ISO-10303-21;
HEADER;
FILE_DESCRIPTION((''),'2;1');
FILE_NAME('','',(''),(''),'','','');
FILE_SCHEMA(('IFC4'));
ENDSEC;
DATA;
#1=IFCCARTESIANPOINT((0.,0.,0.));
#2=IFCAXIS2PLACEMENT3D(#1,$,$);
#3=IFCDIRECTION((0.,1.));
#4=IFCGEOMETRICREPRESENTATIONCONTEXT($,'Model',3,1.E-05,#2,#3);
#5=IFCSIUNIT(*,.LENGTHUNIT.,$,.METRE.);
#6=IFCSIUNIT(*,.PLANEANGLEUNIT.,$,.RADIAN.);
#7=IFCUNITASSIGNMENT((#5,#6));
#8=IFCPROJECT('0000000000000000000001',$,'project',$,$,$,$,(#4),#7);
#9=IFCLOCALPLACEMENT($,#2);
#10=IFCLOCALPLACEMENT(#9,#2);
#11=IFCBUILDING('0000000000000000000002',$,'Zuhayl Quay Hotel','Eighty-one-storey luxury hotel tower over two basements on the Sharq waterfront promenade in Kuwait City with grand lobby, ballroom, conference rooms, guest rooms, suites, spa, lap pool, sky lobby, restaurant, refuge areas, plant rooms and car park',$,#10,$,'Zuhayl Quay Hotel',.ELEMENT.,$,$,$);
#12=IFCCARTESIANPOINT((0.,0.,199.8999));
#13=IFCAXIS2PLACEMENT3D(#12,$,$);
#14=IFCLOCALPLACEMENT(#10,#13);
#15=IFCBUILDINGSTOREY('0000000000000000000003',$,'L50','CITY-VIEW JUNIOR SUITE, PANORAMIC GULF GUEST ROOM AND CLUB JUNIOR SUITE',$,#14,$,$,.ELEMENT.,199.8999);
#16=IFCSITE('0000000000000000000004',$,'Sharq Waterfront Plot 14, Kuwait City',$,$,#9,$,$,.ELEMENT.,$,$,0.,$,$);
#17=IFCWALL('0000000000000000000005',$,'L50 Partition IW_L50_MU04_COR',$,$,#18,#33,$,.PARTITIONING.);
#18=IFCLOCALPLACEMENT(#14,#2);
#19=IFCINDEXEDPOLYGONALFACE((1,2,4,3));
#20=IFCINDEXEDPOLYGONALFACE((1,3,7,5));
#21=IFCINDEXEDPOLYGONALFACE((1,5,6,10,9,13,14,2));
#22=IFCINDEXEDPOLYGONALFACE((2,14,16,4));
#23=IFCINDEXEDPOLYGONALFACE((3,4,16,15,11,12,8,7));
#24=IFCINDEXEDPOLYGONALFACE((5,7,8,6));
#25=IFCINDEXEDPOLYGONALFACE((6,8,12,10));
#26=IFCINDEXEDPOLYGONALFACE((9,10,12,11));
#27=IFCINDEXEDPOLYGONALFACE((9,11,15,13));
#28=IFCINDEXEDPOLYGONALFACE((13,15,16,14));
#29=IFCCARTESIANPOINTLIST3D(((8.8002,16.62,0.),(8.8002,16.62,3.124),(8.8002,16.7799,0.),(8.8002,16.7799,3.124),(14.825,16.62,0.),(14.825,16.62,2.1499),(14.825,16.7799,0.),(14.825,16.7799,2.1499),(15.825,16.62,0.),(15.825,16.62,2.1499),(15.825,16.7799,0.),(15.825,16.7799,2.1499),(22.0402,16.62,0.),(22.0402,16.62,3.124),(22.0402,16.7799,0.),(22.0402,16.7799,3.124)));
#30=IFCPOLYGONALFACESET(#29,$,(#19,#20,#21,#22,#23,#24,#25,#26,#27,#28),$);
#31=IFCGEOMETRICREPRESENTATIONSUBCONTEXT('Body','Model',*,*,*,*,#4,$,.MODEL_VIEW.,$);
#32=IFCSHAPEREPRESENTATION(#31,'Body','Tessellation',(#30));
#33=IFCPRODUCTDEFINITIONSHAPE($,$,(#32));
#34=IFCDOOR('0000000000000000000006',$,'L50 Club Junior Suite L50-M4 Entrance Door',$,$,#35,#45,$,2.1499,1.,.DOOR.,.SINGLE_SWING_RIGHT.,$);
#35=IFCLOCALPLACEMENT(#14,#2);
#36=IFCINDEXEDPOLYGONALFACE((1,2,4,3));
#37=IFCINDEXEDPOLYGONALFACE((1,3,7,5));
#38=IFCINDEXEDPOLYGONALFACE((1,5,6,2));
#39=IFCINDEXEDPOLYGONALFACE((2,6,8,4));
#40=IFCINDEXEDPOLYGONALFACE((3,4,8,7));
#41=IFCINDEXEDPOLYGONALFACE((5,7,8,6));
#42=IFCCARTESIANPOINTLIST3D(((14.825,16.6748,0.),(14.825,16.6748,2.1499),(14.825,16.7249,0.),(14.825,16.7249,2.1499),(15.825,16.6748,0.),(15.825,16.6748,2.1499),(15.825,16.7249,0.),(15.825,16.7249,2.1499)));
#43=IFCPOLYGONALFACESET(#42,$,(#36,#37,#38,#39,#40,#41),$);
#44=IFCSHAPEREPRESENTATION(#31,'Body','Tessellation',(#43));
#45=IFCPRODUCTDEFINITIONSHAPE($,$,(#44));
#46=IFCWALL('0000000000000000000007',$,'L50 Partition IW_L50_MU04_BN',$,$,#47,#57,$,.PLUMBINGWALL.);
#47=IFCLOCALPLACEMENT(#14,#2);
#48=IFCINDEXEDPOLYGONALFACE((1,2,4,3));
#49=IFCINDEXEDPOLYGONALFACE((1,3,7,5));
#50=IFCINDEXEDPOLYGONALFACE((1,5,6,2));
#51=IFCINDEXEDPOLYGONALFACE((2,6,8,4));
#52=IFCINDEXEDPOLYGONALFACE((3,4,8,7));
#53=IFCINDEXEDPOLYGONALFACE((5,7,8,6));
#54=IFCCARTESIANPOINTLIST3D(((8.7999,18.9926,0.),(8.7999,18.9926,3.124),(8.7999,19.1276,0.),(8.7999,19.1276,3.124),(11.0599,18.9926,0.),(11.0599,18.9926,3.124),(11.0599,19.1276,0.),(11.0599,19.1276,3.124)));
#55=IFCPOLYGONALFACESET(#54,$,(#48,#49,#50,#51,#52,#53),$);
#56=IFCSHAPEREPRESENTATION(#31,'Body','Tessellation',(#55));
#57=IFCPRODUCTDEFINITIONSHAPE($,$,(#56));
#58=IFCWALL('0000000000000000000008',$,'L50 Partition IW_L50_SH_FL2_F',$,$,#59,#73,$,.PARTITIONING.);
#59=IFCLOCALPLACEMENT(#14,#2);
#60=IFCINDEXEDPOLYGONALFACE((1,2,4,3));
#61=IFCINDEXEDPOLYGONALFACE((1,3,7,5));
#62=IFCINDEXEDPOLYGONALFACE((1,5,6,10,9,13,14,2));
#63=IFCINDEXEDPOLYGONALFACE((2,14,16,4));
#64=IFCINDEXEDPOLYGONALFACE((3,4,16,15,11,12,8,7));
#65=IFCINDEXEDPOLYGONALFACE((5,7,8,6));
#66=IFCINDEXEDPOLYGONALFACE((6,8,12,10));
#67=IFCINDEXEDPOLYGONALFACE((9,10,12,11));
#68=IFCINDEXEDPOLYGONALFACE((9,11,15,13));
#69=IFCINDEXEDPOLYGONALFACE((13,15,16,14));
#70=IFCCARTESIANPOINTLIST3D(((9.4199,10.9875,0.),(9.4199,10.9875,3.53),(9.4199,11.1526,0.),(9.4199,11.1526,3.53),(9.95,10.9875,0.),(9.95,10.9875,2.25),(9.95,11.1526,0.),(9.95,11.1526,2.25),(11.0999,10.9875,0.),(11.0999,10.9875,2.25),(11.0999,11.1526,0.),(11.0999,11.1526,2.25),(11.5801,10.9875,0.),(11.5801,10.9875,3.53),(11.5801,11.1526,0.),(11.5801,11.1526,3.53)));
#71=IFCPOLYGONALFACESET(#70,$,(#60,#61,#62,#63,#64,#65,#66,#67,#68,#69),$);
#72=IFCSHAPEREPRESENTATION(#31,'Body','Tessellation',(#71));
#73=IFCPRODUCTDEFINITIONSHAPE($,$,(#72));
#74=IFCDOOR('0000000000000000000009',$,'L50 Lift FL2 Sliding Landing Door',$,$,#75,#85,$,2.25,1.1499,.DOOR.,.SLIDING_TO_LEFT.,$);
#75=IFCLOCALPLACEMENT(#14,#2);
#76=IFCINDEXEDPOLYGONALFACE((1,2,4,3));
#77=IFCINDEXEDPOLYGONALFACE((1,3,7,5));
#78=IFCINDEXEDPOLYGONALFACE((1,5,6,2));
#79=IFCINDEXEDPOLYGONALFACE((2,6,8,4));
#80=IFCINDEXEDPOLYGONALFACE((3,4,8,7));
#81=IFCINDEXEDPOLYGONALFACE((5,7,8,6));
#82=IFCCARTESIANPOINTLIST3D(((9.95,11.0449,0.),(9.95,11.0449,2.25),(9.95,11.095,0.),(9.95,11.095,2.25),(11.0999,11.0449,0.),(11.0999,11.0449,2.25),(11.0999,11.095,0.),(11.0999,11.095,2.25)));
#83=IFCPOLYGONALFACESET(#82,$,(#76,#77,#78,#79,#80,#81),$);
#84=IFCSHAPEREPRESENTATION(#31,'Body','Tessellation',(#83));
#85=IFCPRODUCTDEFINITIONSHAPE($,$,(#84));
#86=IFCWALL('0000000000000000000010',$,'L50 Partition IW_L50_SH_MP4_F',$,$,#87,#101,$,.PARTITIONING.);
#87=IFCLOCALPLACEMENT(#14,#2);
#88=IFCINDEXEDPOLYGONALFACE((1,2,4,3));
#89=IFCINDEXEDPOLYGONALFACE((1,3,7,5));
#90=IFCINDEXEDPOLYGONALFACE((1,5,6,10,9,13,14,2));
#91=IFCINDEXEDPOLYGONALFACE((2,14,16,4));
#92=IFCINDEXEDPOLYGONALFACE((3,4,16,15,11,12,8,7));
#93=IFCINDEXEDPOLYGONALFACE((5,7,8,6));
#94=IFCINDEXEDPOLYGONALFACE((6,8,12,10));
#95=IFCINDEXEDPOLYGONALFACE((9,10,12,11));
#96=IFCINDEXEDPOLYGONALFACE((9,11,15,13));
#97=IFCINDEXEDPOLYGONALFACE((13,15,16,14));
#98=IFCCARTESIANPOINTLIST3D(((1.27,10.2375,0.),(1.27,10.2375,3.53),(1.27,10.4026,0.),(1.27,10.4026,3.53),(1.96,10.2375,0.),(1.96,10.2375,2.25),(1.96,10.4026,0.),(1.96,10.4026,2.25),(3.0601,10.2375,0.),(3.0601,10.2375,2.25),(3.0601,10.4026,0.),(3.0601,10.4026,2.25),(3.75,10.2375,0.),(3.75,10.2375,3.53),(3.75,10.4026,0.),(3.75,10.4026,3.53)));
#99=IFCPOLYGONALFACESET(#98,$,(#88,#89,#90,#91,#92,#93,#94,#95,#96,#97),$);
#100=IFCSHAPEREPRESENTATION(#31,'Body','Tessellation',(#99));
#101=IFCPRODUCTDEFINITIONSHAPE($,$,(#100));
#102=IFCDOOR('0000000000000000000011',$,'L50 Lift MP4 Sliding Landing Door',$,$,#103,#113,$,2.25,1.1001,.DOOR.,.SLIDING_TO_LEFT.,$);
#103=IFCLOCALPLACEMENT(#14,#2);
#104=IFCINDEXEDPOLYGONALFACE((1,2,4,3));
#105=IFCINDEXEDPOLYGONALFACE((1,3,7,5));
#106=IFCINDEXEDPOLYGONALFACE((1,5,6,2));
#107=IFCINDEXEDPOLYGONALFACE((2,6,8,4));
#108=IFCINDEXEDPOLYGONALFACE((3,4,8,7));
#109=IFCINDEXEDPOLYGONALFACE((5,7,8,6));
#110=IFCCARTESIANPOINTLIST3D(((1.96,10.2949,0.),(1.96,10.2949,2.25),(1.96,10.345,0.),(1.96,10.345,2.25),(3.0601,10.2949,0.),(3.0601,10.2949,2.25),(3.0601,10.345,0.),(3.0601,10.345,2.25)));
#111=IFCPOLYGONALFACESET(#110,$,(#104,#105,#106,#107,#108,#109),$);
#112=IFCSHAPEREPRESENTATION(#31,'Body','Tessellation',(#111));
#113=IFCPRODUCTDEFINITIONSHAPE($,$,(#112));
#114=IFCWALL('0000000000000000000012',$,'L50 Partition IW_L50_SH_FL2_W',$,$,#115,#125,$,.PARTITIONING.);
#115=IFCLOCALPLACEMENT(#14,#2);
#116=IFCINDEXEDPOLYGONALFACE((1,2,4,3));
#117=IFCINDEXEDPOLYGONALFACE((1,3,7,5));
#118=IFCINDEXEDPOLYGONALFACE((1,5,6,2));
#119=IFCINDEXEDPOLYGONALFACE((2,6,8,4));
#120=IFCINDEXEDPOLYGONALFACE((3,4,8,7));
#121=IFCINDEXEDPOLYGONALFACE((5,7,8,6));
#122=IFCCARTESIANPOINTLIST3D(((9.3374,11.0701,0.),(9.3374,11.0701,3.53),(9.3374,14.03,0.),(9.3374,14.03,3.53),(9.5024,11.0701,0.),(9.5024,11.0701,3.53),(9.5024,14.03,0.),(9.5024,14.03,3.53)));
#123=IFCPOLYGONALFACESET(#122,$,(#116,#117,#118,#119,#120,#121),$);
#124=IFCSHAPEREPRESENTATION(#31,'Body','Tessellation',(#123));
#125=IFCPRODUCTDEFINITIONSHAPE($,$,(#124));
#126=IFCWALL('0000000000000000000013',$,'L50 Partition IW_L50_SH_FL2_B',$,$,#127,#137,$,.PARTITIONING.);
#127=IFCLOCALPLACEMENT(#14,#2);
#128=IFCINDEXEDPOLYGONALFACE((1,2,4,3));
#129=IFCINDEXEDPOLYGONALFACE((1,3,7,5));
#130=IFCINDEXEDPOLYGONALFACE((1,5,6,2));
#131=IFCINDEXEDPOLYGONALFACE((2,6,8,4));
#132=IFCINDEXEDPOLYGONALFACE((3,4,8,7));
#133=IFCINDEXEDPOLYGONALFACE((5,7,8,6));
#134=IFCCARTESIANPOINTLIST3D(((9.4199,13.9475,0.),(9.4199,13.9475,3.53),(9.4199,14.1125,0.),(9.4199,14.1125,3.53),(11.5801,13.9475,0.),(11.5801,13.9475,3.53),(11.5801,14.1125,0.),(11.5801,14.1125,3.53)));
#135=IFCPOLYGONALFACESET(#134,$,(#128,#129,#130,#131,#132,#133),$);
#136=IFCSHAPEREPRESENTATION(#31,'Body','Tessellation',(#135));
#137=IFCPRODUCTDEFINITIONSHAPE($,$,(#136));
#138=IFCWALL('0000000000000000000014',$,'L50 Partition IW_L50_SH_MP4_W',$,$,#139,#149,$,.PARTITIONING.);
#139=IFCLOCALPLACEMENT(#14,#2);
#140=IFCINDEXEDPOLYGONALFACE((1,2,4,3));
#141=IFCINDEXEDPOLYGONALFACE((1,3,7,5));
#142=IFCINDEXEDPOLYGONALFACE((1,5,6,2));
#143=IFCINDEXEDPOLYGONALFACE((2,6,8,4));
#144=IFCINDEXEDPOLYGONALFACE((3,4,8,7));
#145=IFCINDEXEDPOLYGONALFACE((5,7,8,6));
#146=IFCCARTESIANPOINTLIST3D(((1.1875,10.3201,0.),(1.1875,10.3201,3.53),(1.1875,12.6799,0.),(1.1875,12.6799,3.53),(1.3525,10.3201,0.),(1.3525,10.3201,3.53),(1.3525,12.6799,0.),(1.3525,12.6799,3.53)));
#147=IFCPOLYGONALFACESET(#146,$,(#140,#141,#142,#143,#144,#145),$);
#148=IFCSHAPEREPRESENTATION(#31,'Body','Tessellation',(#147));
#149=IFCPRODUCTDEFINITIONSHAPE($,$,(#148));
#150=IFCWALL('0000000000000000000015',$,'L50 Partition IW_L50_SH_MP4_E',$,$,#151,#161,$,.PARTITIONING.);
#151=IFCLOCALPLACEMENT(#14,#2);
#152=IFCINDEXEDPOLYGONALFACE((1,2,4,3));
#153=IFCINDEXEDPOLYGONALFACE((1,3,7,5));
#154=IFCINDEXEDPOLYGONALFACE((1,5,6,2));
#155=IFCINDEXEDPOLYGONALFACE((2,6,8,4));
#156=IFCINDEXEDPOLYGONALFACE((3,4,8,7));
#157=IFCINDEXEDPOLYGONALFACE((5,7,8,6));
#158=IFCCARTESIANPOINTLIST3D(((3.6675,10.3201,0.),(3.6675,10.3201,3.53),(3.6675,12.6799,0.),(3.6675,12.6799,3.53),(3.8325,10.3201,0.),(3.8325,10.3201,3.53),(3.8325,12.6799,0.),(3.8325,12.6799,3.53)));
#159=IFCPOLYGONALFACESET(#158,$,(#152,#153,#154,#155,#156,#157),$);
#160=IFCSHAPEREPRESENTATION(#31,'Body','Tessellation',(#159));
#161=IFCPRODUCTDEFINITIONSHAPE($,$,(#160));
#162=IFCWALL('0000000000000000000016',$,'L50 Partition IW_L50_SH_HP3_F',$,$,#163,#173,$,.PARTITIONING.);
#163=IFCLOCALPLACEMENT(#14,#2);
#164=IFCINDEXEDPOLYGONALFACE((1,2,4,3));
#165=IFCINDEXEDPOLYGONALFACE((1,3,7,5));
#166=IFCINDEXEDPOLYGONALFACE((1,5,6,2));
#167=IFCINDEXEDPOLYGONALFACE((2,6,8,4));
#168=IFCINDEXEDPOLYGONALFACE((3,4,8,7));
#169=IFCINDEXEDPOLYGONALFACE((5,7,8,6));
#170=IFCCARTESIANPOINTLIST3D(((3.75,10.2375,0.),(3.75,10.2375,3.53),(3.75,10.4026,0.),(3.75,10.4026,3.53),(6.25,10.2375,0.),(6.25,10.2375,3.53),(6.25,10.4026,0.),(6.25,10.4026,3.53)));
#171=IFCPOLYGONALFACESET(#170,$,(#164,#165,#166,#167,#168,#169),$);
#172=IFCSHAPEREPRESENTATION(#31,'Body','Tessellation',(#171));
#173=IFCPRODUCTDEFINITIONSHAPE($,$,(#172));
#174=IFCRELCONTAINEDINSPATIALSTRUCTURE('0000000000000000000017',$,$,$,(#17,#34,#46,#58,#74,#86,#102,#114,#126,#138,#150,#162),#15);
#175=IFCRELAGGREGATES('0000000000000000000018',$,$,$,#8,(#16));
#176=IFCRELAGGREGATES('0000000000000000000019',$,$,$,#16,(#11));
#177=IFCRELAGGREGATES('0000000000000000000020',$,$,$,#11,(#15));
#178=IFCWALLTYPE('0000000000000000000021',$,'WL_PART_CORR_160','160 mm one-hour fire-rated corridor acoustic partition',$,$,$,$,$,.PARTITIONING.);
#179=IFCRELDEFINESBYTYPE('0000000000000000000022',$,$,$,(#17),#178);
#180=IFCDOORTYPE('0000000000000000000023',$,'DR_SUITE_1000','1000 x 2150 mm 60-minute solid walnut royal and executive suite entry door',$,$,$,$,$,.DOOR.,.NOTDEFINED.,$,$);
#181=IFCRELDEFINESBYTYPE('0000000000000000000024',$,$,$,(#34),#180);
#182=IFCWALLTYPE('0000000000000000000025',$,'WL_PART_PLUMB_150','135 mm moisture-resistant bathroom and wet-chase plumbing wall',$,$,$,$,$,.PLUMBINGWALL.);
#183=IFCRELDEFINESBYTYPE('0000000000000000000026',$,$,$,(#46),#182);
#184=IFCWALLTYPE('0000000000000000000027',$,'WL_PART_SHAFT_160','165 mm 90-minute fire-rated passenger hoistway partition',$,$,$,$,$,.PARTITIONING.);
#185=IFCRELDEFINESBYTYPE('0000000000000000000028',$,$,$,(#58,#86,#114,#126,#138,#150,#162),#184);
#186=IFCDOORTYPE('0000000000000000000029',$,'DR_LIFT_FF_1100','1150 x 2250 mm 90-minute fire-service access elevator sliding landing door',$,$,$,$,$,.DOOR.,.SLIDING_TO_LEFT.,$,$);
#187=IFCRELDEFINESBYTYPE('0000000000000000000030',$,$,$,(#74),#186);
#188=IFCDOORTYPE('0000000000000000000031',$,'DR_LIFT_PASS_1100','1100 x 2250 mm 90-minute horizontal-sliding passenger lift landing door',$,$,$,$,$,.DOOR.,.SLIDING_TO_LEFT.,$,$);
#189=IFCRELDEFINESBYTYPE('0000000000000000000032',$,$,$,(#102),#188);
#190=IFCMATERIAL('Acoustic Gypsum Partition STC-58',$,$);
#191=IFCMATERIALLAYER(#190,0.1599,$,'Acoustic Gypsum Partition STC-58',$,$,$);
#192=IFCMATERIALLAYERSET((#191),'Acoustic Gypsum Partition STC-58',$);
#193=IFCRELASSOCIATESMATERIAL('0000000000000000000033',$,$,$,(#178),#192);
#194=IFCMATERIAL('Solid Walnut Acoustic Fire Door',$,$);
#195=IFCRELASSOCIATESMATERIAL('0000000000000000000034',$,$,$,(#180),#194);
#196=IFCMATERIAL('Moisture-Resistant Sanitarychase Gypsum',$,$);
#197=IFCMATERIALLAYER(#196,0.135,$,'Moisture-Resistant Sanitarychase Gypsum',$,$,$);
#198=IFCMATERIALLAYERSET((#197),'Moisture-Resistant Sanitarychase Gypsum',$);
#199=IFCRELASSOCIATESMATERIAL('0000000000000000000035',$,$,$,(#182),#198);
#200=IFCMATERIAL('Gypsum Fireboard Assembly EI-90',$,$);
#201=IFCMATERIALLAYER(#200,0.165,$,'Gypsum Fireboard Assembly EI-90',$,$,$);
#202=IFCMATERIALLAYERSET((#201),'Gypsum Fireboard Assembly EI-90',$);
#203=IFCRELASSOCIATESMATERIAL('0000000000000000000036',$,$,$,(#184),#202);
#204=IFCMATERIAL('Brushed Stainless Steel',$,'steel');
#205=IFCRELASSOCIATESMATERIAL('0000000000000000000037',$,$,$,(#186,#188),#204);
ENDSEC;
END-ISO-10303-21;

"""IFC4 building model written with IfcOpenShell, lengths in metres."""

from ifc_helpers import new_model, si_unit, direction, frame, frame_2d, origin, place, context, subcontext, project, spatial, rectangle, extrude, material, layer, layer_set, type_object, element, fill, save


model = new_model("IFC4")

# Units and contexts
model_context = context("Model", 3, precision=1e-05, world=origin(), true_north=direction((0.0, 1.0)))
body_context = subcontext(model_context, "Body", "Model", "MODEL_VIEW")
ifc_project = project(units=[si_unit("LENGTHUNIT", "METRE"), si_unit("PLANEANGLEUNIT", "RADIAN")], contexts=[model_context])

# Site, building, storey
site_placement = place(None, origin())
site = spatial("IfcSite", under=ifc_project, at=site_placement, Name="Sharq Waterfront Plot 14, Kuwait City", CompositionType="ELEMENT", RefElevation=0.0)
building_placement = place(site_placement, origin())
building = spatial("IfcBuilding", under=site, at=building_placement, Name="Zuhayl Quay Hotel", Description="Eighty-one-storey luxury hotel tower over two basements on the Sharq waterfront promenade in Kuwait City with grand lobby, ballroom, conference rooms, guest rooms, suites, spa, lap pool, sky lobby, restaurant, refuge areas, plant rooms and car park", LongName="Zuhayl Quay Hotel", CompositionType="ELEMENT")
storey_placement = place(building_placement, frame((0.0, 0.0, 199.8999)))
storey = spatial("IfcBuildingStorey", under=building, at=storey_placement, Name="L50", Description="CITY-VIEW JUNIOR SUITE, PANORAMIC GULF GUEST ROOM AND CLUB JUNIOR SUITE", CompositionType="ELEMENT", Elevation=199.8999)

# Shared definitions
ifc_material_1 = material(Name="Acoustic Gypsum Partition STC-58")

# Wall, opening, door
ifc_layer_1 = layer(ifc_material_1, 0.1599, Name="Acoustic Gypsum Partition STC-58")
ifc_layer_set_1 = layer_set([ifc_layer_1], Name="Acoustic Gypsum Partition STC-58")
wall_type_1 = type_object("IfcWallType", Name="WL_PART_CORR_160", Description="160 mm one-hour fire-rated corridor acoustic partition", PredefinedType="PARTITIONING", material=ifc_layer_set_1)
ifc_material_2 = material(Name="Solid Walnut Acoustic Fire Door")
wall_1_placement = place(storey_placement, frame((8.8, 16.7, 0.0), z_axis=(0.0, 0.0, 1.0), x_axis=(1.0, 0.0, 0.0)))
wall_1 = element("IfcWall", 1, at=wall_1_placement, inside=storey, type_object=wall_type_1, Name="L50 Partition IW_L50_MU04_COR", PredefinedType="PARTITIONING", context=body_context, shape_type="SweptSolid", body=[
    extrude(rectangle(XDim=13.24, YDim=0.1599, at=frame_2d((6.6201, 0.0))), origin(), (0.0, 0.0, 1.0), 3.124),
])
opening_1_placement = place(wall_1_placement, frame((6.0249, 0.0, 0.0)))
opening_1 = element("IfcOpeningElement", 2, at=opening_1_placement, cuts=wall_1, PredefinedType="OPENING", context=body_context, shape_type="SweptSolid", body=[
    extrude(rectangle(XDim=1.0, YDim=2.1499, at=frame_2d((0.5, 1.075))), frame((0.0, 0.0898, 0.0), z_axis=(0.0, -1.0, 0.0), x_axis=(1.0, 0.0, 0.0)), (0.0, 0.0, 1.0), 0.1799),
])
door_type_1 = type_object("IfcDoorType", Name="DR_SUITE_1000", Description="1000 x 2150 mm 60-minute solid walnut royal and executive suite entry door", OperationType="NOTDEFINED", PredefinedType="DOOR", material=ifc_material_2)
door_1_placement = place(opening_1_placement, origin())
door_1 = element("IfcDoor", 3, at=door_1_placement, inside=storey, type_object=door_type_1, Name="L50 Club Junior Suite L50-M4 Entrance Door", OperationType="SINGLE_SWING_RIGHT", OverallHeight=2.1499, OverallWidth=1.0, PredefinedType="DOOR", context=body_context, shape_type="SweptSolid", body=[
    extrude(rectangle(XDim=1.0, YDim=2.1499, at=frame_2d((0.5, 1.075))), frame((0.0, 0.0249, 0.0), z_axis=(0.0, -1.0, 0.0), x_axis=(1.0, 0.0, 0.0)), (0.0, 0.0, 1.0), 0.05),
])
fill(opening_1, door_1)

# Wall
ifc_material_3 = material(Name="Moisture-Resistant Sanitarychase Gypsum")
ifc_layer_2 = layer(ifc_material_3, 0.135, Name="Moisture-Resistant Sanitarychase Gypsum")
ifc_layer_set_2 = layer_set([ifc_layer_2], Name="Moisture-Resistant Sanitarychase Gypsum")
wall_type_2 = type_object("IfcWallType", Name="WL_PART_PLUMB_150", Description="135 mm moisture-resistant bathroom and wet-chase plumbing wall", PredefinedType="PLUMBINGWALL", material=ifc_layer_set_2)
wall_2_placement = place(storey_placement, frame((8.8, 19.0601, 0.0), z_axis=(0.0, 0.0, 1.0), x_axis=(1.0, 0.0, 0.0)))
element("IfcWall", 4, at=wall_2_placement, inside=storey, type_object=wall_type_2, Name="L50 Partition IW_L50_MU04_BN", PredefinedType="PLUMBINGWALL", context=body_context, shape_type="SweptSolid", body=[
    extrude(rectangle(XDim=2.26, YDim=0.135, at=frame_2d((1.1299, 0.0))), origin(), (0.0, 0.0, 1.0), 3.124),
])

# Walls, openings, doors
ifc_material_4 = material(Name="Gypsum Fireboard Assembly EI-90")
ifc_layer_3 = layer(ifc_material_4, 0.165, Name="Gypsum Fireboard Assembly EI-90")
ifc_layer_set_3 = layer_set([ifc_layer_3], Name="Gypsum Fireboard Assembly EI-90")
wall_type_3 = type_object("IfcWallType", Name="WL_PART_SHAFT_160", Description="165 mm 90-minute fire-rated passenger hoistway partition", PredefinedType="PARTITIONING", material=ifc_layer_set_3)
wall_3_placement = place(storey_placement, frame((9.4199, 11.0701, 0.0), z_axis=(0.0, 0.0, 1.0), x_axis=(1.0, 0.0, 0.0)))
wall_3 = element("IfcWall", 5, at=wall_3_placement, inside=storey, type_object=wall_type_3, Name="L50 Partition IW_L50_SH_FL2_F", PredefinedType="PARTITIONING", context=body_context, shape_type="SweptSolid", body=[
    extrude(rectangle(XDim=2.1602, YDim=0.165, at=frame_2d((1.0801, 0.0))), origin(), (0.0, 0.0, 1.0), 3.53),
])
opening_2_placement = place(wall_3_placement, frame((0.53, 0.0, 0.0)))
opening_2 = element("IfcOpeningElement", 6, at=opening_2_placement, cuts=wall_3, PredefinedType="OPENING", context=body_context, shape_type="SweptSolid", body=[
    extrude(rectangle(XDim=1.1499, YDim=2.25, at=frame_2d((0.575, 1.125))), frame((0.0, 0.0925, 0.0), z_axis=(0.0, -1.0, 0.0), x_axis=(1.0, 0.0, 0.0)), (0.0, 0.0, 1.0), 0.1851),
])
ifc_material_5 = material(Name="Brushed Stainless Steel", Category="steel")
door_type_2 = type_object("IfcDoorType", Name="DR_LIFT_FF_1100", Description="1150 x 2250 mm 90-minute fire-service access elevator sliding landing door", OperationType="SLIDING_TO_LEFT", PredefinedType="DOOR", material=ifc_material_5)
door_2_placement = place(opening_2_placement, origin())
door_2 = element("IfcDoor", 7, at=door_2_placement, inside=storey, type_object=door_type_2, Name="L50 Lift FL2 Sliding Landing Door", OperationType="SLIDING_TO_LEFT", OverallHeight=2.25, OverallWidth=1.1499, PredefinedType="DOOR", context=body_context, shape_type="SweptSolid", body=[
    extrude(rectangle(XDim=1.1499, YDim=2.25, at=frame_2d((0.575, 1.125))), frame((0.0, 0.0249, 0.0), z_axis=(0.0, -1.0, 0.0), x_axis=(1.0, 0.0, 0.0)), (0.0, 0.0, 1.0), 0.05),
])
fill(opening_2, door_2)
wall_4_placement = place(storey_placement, frame((1.27, 10.3201, 0.0), z_axis=(0.0, 0.0, 1.0), x_axis=(1.0, 0.0, 0.0)))
wall_4 = element("IfcWall", 8, at=wall_4_placement, inside=storey, type_object=wall_type_3, Name="L50 Partition IW_L50_SH_MP4_F", PredefinedType="PARTITIONING", context=body_context, shape_type="SweptSolid", body=[
    extrude(rectangle(XDim=2.48, YDim=0.165, at=frame_2d((1.24, 0.0))), origin(), (0.0, 0.0, 1.0), 3.53),
])
opening_3_placement = place(wall_4_placement, frame((0.6899, 0.0, 0.0)))
opening_3 = element("IfcOpeningElement", 9, at=opening_3_placement, cuts=wall_4, PredefinedType="OPENING", context=body_context, shape_type="SweptSolid", body=[
    extrude(rectangle(XDim=1.1001, YDim=2.25, at=frame_2d((0.55, 1.125))), frame((0.0, 0.0925, 0.0), z_axis=(0.0, -1.0, 0.0), x_axis=(1.0, 0.0, 0.0)), (0.0, 0.0, 1.0), 0.1851),
])
door_type_3 = type_object("IfcDoorType", Name="DR_LIFT_PASS_1100", Description="1100 x 2250 mm 90-minute horizontal-sliding passenger lift landing door", OperationType="SLIDING_TO_LEFT", PredefinedType="DOOR", material=ifc_material_5)
door_3_placement = place(opening_3_placement, origin())
door_3 = element("IfcDoor", 10, at=door_3_placement, inside=storey, type_object=door_type_3, Name="L50 Lift MP4 Sliding Landing Door", OperationType="SLIDING_TO_LEFT", OverallHeight=2.25, OverallWidth=1.1001, PredefinedType="DOOR", context=body_context, shape_type="SweptSolid", body=[
    extrude(rectangle(XDim=1.1001, YDim=2.25, at=frame_2d((0.55, 1.125))), frame((0.0, 0.0249, 0.0), z_axis=(0.0, -1.0, 0.0), x_axis=(1.0, 0.0, 0.0)), (0.0, 0.0, 1.0), 0.05),
])
fill(opening_3, door_3)

# Walls
wall_5_placement = place(storey_placement, frame((9.4199, 11.0701, 0.0), z_axis=(0.0, 0.0, 1.0), x_axis=(0.0, 1.0, 0.0)))
element("IfcWall", 11, at=wall_5_placement, inside=storey, type_object=wall_type_3, Name="L50 Partition IW_L50_SH_FL2_W", PredefinedType="PARTITIONING", context=body_context, shape_type="SweptSolid", body=[
    extrude(rectangle(XDim=2.96, YDim=0.165, at=frame_2d((1.48, 0.0))), origin(), (0.0, 0.0, 1.0), 3.53),
])
wall_6_placement = place(storey_placement, frame((9.4199, 14.03, 0.0), z_axis=(0.0, 0.0, 1.0), x_axis=(1.0, 0.0, 0.0)))
element("IfcWall", 12, at=wall_6_placement, inside=storey, type_object=wall_type_3, Name="L50 Partition IW_L50_SH_FL2_B", PredefinedType="PARTITIONING", context=body_context, shape_type="SweptSolid", body=[
    extrude(rectangle(XDim=2.1602, YDim=0.165, at=frame_2d((1.0801, 0.0))), origin(), (0.0, 0.0, 1.0), 3.53),
])
for number, where, z_axis, x_axis, name in (
    (13, (1.27, 10.3201, 0.0), (0.0, 0.0, 1.0), (0.0, 1.0, 0.0), "L50 Partition IW_L50_SH_MP4_W"),
    (14, (3.75, 10.3201, 0.0), (0.0, 0.0, 1.0), (0.0, 1.0, 0.0), "L50 Partition IW_L50_SH_MP4_E"),
):
    element("IfcWall", number, at=place(storey_placement, frame(where, z_axis=z_axis, x_axis=x_axis)), inside=storey, type_object=wall_type_3, Name=name, PredefinedType="PARTITIONING", context=body_context, shape_type="SweptSolid", body=[
        extrude(rectangle(XDim=2.3599, YDim=0.165, at=frame_2d((1.1799, 0.0))), origin(), (0.0, 0.0, 1.0), 3.53),
    ])
wall_7_placement = place(storey_placement, frame((3.75, 10.3201, 0.0), z_axis=(0.0, 0.0, 1.0), x_axis=(1.0, 0.0, 0.0)))
element("IfcWall", 15, at=wall_7_placement, inside=storey, type_object=wall_type_3, Name="L50 Partition IW_L50_SH_HP3_F", PredefinedType="PARTITIONING", context=body_context, shape_type="SweptSolid", body=[
    extrude(rectangle(XDim=2.5, YDim=0.165, at=frame_2d((1.25, 0.0))), origin(), (0.0, 0.0, 1.0), 3.53),
])

save(model, "model.ifc")
